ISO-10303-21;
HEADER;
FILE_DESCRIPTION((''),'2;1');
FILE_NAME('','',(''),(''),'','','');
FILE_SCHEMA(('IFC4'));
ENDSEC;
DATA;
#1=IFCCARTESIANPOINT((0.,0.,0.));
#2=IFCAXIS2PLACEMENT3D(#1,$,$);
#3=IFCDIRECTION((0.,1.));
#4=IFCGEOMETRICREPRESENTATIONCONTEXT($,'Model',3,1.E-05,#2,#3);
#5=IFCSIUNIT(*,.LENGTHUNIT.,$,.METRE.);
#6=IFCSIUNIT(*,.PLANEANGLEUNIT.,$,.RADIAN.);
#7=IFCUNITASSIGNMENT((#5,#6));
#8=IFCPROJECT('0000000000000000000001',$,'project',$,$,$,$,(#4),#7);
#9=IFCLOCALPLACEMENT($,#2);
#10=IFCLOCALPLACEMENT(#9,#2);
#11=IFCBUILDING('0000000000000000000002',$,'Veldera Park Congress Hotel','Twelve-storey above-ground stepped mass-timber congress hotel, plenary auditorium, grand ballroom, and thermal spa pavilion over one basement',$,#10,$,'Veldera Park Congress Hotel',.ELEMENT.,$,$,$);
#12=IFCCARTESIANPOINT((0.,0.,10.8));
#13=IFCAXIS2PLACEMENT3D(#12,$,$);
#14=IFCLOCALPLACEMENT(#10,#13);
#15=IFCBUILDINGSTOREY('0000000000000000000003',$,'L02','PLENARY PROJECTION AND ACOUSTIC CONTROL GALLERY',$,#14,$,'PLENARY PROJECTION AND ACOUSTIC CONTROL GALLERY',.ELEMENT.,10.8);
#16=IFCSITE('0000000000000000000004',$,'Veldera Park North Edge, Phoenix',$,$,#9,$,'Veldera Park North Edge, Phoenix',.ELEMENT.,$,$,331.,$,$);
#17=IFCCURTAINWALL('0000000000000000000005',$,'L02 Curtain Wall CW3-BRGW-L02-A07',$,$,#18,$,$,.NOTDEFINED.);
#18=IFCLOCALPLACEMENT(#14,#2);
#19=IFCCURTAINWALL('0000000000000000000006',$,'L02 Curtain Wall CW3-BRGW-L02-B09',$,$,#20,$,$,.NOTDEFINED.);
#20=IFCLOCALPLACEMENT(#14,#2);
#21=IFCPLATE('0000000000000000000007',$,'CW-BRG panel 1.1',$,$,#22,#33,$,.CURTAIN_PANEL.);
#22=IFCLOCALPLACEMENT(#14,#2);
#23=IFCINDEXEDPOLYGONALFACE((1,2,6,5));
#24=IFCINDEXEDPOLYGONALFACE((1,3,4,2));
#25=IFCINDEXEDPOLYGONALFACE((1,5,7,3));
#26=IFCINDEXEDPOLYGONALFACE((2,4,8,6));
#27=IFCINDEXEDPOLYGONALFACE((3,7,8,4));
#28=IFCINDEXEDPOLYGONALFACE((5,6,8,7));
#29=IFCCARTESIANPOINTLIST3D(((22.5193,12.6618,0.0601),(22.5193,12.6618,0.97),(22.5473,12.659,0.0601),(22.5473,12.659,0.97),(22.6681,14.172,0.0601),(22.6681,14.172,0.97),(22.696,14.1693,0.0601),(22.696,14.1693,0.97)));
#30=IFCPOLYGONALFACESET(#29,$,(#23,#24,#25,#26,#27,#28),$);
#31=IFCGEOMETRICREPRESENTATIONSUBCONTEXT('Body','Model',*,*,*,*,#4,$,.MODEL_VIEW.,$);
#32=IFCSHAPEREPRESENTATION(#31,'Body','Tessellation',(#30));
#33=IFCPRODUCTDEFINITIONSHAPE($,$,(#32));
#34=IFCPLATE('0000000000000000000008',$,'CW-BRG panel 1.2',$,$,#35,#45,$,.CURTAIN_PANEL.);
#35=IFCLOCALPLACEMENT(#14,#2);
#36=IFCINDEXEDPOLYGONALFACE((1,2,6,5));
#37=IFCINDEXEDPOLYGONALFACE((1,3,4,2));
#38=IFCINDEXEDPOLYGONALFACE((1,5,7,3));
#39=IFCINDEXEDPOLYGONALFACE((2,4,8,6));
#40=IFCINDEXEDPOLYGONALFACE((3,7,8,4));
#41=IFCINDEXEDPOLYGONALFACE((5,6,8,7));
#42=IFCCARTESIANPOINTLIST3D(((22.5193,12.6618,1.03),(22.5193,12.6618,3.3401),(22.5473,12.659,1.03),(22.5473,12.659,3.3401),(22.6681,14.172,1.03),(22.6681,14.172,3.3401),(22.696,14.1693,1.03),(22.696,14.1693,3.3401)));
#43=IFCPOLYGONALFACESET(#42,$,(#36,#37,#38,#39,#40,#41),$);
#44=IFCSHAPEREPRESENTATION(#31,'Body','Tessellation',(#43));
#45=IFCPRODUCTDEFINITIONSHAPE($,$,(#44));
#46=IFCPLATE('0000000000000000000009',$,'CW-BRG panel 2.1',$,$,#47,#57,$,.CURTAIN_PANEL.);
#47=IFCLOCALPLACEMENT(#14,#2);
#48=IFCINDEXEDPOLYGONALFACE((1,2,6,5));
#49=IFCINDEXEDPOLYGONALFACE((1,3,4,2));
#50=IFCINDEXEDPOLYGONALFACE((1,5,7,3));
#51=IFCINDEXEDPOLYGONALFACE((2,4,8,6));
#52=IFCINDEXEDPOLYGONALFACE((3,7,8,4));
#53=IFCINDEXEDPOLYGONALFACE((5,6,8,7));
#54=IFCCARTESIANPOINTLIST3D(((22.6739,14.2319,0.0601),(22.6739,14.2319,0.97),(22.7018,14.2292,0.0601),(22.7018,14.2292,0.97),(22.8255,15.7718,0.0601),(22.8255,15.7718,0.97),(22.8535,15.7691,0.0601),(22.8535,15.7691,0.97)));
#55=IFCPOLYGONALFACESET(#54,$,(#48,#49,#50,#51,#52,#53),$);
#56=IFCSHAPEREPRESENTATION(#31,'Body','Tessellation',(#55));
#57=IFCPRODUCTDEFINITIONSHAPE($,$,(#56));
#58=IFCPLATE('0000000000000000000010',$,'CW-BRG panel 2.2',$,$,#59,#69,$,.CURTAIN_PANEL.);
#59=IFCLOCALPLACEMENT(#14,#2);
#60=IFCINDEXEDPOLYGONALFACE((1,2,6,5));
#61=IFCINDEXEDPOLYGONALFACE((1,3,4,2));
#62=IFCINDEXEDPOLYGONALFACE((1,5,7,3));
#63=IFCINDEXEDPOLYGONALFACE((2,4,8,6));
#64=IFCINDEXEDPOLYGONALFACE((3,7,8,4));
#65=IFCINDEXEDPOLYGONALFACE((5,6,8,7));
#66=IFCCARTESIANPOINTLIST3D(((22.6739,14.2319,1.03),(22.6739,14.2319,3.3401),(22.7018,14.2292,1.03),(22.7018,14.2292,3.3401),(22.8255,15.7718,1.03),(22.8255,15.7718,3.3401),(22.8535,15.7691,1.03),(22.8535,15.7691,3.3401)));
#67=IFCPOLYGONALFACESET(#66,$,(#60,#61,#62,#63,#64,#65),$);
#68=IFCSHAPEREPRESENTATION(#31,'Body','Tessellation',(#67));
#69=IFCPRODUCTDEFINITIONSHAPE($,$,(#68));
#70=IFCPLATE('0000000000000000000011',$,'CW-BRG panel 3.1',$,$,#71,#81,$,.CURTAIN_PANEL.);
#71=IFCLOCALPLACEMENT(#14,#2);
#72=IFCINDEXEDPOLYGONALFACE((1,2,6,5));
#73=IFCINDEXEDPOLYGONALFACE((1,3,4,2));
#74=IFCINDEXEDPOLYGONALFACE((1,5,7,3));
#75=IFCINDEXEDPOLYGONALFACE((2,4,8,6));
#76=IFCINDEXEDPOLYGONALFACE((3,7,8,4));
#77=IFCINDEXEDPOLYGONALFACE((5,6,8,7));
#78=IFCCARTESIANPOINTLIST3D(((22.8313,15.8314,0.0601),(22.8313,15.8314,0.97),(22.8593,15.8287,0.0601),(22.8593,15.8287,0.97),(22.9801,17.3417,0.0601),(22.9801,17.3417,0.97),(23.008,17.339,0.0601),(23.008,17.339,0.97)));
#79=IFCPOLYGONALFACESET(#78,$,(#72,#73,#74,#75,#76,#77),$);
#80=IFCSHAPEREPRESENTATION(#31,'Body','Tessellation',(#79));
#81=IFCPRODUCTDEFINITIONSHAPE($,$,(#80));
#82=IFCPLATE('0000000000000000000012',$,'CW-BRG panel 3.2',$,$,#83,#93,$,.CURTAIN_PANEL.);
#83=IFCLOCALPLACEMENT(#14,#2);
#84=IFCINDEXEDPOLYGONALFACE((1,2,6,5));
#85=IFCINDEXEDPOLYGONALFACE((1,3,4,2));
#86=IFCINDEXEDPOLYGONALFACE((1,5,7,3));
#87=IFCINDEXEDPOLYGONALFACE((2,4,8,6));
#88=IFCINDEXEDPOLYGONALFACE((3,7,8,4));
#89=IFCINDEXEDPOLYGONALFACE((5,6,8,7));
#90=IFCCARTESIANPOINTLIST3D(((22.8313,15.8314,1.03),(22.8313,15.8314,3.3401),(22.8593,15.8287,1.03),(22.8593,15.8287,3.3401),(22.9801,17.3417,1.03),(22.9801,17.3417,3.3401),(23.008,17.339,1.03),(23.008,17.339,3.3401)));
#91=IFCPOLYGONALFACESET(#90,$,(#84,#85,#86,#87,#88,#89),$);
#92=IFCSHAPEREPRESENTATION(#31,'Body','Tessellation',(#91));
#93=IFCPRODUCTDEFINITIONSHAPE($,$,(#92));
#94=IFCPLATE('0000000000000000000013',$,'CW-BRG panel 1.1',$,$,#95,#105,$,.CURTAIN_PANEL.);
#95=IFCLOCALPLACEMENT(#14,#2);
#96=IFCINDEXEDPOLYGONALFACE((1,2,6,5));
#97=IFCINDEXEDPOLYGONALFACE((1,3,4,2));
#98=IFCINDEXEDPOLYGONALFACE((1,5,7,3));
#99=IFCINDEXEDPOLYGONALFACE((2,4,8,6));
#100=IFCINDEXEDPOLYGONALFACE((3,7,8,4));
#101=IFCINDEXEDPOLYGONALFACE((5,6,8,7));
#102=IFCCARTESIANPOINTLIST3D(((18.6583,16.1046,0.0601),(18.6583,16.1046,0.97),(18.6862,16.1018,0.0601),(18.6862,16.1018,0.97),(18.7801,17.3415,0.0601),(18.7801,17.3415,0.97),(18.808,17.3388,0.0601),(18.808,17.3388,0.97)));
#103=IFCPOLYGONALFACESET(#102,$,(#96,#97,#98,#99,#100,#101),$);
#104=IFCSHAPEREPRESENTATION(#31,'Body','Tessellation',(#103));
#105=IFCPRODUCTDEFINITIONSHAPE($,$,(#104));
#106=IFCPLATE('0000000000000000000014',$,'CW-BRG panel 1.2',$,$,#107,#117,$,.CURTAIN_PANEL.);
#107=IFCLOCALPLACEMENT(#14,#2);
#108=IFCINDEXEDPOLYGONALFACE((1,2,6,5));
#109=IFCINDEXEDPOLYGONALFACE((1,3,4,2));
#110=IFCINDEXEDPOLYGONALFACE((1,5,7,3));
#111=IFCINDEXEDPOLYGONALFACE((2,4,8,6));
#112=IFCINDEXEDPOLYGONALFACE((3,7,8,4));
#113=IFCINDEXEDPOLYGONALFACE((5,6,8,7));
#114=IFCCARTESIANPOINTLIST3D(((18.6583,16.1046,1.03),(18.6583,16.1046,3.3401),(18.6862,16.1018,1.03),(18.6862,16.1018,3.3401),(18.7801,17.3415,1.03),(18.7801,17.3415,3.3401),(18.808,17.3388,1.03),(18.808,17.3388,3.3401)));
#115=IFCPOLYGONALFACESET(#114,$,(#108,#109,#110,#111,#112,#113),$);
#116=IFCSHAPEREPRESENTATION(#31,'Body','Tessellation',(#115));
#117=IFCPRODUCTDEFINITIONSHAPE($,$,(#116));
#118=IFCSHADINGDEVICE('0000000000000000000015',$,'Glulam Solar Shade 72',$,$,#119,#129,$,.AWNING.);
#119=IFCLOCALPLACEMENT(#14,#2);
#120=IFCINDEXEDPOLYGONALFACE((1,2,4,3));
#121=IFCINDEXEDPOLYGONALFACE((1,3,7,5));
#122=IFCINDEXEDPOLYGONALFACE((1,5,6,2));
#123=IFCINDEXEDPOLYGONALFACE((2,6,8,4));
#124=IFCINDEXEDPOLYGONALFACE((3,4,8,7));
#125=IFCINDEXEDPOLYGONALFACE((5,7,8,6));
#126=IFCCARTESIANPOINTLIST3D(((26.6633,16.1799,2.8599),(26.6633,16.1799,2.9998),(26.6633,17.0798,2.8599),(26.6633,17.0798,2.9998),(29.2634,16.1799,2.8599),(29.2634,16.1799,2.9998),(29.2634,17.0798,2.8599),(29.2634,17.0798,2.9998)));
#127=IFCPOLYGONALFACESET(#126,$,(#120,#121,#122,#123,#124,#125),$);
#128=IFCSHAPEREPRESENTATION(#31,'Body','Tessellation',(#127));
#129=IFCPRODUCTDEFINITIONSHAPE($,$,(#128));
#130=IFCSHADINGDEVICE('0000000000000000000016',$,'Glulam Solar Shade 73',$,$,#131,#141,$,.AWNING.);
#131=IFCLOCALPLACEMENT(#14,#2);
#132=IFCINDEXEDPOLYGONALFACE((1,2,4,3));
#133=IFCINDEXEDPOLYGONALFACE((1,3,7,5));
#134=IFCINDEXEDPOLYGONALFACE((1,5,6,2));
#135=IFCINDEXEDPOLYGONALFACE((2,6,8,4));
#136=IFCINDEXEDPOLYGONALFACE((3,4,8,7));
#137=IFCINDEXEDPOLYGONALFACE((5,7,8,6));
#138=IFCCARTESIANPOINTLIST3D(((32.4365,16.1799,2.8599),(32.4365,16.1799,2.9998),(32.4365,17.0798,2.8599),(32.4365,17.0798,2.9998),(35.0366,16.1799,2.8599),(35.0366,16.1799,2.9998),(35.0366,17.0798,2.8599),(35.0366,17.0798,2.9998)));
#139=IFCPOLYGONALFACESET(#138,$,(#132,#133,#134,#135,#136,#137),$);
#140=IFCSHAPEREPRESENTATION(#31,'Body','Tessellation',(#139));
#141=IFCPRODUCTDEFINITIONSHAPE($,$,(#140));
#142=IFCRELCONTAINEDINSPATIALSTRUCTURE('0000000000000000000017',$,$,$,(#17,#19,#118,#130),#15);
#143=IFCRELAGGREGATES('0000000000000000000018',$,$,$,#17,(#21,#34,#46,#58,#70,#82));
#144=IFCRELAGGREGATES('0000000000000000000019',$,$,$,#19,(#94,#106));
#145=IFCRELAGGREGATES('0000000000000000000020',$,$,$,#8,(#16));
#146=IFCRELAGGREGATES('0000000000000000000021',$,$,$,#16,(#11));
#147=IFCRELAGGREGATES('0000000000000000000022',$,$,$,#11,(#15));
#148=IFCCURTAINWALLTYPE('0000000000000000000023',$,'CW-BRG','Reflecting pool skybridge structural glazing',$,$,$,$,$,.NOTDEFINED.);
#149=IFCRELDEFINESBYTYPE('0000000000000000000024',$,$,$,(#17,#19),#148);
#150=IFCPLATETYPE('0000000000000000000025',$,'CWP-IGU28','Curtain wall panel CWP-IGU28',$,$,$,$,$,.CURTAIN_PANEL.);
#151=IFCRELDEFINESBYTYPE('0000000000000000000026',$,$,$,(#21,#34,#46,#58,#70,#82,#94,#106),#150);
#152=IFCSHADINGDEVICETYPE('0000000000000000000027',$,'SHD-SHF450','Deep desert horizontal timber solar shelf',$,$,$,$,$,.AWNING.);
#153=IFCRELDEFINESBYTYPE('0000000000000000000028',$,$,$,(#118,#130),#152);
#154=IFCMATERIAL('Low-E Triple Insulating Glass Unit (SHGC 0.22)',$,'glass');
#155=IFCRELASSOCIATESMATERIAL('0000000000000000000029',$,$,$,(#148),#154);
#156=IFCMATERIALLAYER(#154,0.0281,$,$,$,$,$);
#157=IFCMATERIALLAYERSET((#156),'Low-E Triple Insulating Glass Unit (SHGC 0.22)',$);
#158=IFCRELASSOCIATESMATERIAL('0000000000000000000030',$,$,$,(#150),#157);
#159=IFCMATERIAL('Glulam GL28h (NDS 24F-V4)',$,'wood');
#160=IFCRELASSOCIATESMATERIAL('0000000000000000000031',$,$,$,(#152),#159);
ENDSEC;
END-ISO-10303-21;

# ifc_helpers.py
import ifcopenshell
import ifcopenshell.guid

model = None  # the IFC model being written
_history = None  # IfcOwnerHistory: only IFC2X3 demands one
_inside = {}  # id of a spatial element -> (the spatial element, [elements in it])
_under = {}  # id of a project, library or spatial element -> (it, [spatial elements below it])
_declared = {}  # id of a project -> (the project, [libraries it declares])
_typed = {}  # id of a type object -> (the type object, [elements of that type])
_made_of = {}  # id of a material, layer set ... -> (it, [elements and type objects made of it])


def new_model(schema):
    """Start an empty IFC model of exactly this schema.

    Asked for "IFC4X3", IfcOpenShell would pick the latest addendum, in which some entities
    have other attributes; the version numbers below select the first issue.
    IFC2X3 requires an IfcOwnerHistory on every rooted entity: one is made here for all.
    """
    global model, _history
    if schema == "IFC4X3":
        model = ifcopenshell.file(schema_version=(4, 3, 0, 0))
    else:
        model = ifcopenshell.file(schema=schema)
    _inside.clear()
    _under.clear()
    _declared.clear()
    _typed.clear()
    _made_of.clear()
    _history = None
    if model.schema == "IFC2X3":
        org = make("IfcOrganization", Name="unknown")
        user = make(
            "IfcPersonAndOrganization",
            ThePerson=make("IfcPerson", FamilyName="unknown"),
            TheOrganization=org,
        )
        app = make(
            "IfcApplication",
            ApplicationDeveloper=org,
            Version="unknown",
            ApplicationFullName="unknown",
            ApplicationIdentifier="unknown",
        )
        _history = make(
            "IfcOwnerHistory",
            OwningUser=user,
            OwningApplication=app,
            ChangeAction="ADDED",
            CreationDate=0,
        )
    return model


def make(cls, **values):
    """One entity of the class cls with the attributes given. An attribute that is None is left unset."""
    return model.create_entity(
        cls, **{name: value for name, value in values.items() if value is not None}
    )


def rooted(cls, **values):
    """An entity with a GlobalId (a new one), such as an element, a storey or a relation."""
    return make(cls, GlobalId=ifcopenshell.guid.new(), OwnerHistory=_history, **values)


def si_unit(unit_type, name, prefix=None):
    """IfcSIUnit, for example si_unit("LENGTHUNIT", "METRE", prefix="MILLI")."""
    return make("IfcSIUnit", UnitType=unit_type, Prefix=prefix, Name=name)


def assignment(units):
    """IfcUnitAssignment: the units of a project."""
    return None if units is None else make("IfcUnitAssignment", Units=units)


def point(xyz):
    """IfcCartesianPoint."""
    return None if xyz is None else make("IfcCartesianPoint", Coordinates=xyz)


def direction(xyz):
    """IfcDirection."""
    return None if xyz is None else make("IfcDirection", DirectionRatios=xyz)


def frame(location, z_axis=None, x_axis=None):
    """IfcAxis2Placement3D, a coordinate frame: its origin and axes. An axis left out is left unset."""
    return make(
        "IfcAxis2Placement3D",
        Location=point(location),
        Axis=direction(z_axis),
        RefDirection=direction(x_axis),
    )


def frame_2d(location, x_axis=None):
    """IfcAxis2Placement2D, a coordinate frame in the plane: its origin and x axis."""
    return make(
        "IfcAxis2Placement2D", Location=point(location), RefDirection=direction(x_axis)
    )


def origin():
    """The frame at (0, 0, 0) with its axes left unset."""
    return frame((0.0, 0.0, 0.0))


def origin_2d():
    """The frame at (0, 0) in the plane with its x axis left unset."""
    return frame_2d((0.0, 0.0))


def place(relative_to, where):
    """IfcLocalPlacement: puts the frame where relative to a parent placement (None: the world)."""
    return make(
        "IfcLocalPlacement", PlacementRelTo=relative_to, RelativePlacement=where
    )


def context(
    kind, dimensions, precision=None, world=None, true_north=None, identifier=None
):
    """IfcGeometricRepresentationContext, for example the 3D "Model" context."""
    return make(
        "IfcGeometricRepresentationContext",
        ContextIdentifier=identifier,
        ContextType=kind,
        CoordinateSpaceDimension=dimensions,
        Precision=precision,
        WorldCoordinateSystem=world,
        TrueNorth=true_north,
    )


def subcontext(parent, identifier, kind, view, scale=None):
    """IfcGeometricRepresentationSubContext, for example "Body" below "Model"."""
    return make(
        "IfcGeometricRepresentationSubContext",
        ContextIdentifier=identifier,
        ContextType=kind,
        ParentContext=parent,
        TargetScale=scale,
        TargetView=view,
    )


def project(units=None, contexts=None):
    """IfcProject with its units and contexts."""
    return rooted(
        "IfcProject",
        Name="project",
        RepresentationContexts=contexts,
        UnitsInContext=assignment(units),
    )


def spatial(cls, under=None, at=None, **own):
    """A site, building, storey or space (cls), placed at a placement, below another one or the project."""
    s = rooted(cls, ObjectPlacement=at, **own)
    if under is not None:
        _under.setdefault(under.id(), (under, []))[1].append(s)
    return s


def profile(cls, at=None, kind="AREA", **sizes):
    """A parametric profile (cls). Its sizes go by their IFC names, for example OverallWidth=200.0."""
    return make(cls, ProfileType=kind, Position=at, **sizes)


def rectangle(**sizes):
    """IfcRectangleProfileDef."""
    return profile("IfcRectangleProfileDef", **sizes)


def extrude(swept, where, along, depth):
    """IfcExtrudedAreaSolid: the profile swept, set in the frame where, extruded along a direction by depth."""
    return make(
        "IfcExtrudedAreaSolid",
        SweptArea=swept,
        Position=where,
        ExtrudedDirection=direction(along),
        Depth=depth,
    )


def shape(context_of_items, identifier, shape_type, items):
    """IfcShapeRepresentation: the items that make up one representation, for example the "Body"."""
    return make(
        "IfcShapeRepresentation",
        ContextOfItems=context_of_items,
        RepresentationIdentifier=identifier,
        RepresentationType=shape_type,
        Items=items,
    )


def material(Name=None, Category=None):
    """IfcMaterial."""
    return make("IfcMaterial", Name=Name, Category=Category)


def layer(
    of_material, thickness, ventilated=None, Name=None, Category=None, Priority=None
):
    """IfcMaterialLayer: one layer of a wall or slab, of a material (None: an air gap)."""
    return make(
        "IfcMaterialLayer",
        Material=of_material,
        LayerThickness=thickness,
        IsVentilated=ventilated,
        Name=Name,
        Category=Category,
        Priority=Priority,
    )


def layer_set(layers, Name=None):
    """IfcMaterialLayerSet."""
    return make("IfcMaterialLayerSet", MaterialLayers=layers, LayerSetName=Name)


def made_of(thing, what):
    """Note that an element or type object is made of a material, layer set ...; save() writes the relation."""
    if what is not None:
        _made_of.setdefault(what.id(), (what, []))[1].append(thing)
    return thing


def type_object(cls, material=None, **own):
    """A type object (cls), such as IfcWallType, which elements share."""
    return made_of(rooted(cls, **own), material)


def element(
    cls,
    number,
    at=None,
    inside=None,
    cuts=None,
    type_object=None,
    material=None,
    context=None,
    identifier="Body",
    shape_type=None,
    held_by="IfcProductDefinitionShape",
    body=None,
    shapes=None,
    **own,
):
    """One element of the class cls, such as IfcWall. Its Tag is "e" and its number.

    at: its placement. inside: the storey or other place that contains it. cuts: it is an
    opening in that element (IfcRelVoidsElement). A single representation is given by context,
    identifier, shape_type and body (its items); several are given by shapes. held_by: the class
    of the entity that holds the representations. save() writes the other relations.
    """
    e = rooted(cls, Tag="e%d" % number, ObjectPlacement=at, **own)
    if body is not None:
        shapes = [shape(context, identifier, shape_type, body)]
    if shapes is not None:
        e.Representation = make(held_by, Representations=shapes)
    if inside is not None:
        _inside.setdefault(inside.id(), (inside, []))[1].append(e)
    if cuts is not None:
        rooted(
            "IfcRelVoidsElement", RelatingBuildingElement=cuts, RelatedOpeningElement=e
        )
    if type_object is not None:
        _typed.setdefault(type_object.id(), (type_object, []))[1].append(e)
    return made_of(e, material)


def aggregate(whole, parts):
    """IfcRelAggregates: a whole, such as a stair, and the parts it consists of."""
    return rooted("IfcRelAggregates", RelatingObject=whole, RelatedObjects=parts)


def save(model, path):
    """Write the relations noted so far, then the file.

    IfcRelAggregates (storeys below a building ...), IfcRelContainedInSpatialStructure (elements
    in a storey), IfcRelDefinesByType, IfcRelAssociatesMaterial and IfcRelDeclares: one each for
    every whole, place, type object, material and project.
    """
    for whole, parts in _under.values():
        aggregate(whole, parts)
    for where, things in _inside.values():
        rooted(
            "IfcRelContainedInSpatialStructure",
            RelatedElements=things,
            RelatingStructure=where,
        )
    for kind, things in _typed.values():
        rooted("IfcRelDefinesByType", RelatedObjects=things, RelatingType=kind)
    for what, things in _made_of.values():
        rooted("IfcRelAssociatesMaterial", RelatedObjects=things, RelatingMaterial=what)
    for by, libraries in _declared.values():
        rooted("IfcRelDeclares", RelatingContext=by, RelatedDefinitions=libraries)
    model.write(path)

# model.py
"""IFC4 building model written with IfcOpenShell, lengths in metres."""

from ifc_helpers import new_model, si_unit, direction, frame, origin, origin_2d, place, context, subcontext, project, spatial, rectangle, extrude, material, layer, layer_set, type_object, element, aggregate, save


model = new_model("IFC4")

# Units and contexts
model_context = context("Model", 3, precision=1e-05, world=origin(), true_north=direction((0.0, 1.0)))
body_context = subcontext(model_context, "Body", "Model", "MODEL_VIEW")
ifc_project = project(units=[si_unit("LENGTHUNIT", "METRE"), si_unit("PLANEANGLEUNIT", "RADIAN")], contexts=[model_context])

# Site, building, storey
site_placement = place(None, origin())
site = spatial("IfcSite", under=ifc_project, at=site_placement, Name="Veldera Park North Edge, Phoenix", LongName="Veldera Park North Edge, Phoenix", CompositionType="ELEMENT", RefElevation=331.0)
building_placement = place(site_placement, origin())
building = spatial("IfcBuilding", under=site, at=building_placement, Name="Veldera Park Congress Hotel", Description="Twelve-storey above-ground stepped mass-timber congress hotel, plenary auditorium, grand ballroom, and thermal spa pavilion over one basement", LongName="Veldera Park Congress Hotel", CompositionType="ELEMENT")
storey_placement = place(building_placement, frame((0.0, 0.0, 10.8)))
storey = spatial("IfcBuildingStorey", under=building, at=storey_placement, Name="L02", Description="PLENARY PROJECTION AND ACOUSTIC CONTROL GALLERY", LongName="PLENARY PROJECTION AND ACOUSTIC CONTROL GALLERY", CompositionType="ELEMENT", Elevation=10.8)

# Curtain wall
ifc_material_1 = material(Name="Low-E Triple Insulating Glass Unit (SHGC 0.22)", Category="glass")
curtain_wall_type = type_object("IfcCurtainWallType", Name="CW-BRG", Description="Reflecting pool skybridge structural glazing", PredefinedType="NOTDEFINED", material=ifc_material_1)
curtain_wall_1_placement = place(storey_placement, origin())
curtain_wall_1 = element("IfcCurtainWall", 1, at=curtain_wall_1_placement, inside=storey, type_object=curtain_wall_type, Name="L02 Curtain Wall CW3-BRGW-L02-A07", PredefinedType="NOTDEFINED")

# Curtain wall
curtain_wall_2_placement = place(storey_placement, origin())
curtain_wall_2 = element("IfcCurtainWall", 2, at=curtain_wall_2_placement, inside=storey, type_object=curtain_wall_type, Name="L02 Curtain Wall CW3-BRGW-L02-B09", PredefinedType="NOTDEFINED")

# Plates
ifc_layer = layer(ifc_material_1, 0.0281)
ifc_layer_set = layer_set([ifc_layer], Name="Low-E Triple Insulating Glass Unit (SHGC 0.22)")
plate_type = type_object("IfcPlateType", Name="CWP-IGU28", Description="Curtain wall panel CWP-IGU28", PredefinedType="CURTAIN_PANEL", material=ifc_layer_set)
plate_1_placement = place(storey_placement, frame((22.6077, 13.4155, 0.0601), z_axis=(0.0, 0.0, 1.0), x_axis=(0.098021, 0.995184, 0.0)))
plate_1 = element("IfcPlate", 3, at=plate_1_placement, type_object=plate_type, Name="CW-BRG panel 1.1", PredefinedType="CURTAIN_PANEL", context=body_context, shape_type="SweptSolid", body=[
    extrude(rectangle(XDim=1.5176, YDim=0.0281, at=origin_2d()), origin(), (0.0, 0.0, 1.0), 0.9099),
])
plate_2_placement = place(storey_placement, frame((22.6077, 13.4155, 1.03), z_axis=(0.0, 0.0, 1.0), x_axis=(0.098021, 0.995184, 0.0)))
plate_2 = element("IfcPlate", 4, at=plate_2_placement, type_object=plate_type, Name="CW-BRG panel 1.2", PredefinedType="CURTAIN_PANEL", context=body_context, shape_type="SweptSolid", body=[
    extrude(rectangle(XDim=1.5176, YDim=0.0281, at=origin_2d()), origin(), (0.0, 0.0, 1.0), 2.3101),
])
plate_3_placement = place(storey_placement, frame((22.7637, 15.0005, 0.0601), z_axis=(0.0, 0.0, 1.0), x_axis=(0.098021, 0.995184, 0.0)))
plate_3 = element("IfcPlate", 5, at=plate_3_placement, type_object=plate_type, Name="CW-BRG panel 2.1", PredefinedType="CURTAIN_PANEL", context=body_context, shape_type="SweptSolid", body=[
    extrude(rectangle(XDim=1.5474, YDim=0.0281, at=origin_2d()), origin(), (0.0, 0.0, 1.0), 0.9099),
])
plate_4_placement = place(storey_placement, frame((22.7637, 15.0005, 1.03), z_axis=(0.0, 0.0, 1.0), x_axis=(0.098021, 0.995184, 0.0)))
plate_4 = element("IfcPlate", 6, at=plate_4_placement, type_object=plate_type, Name="CW-BRG panel 2.2", PredefinedType="CURTAIN_PANEL", context=body_context, shape_type="SweptSolid", body=[
    extrude(rectangle(XDim=1.5474, YDim=0.0281, at=origin_2d()), origin(), (0.0, 0.0, 1.0), 2.3101),
])
plate_5_placement = place(storey_placement, frame((22.9197, 16.5852, 0.0601), z_axis=(0.0, 0.0, 1.0), x_axis=(0.098021, 0.995184, 0.0)))
plate_5 = element("IfcPlate", 7, at=plate_5_placement, type_object=plate_type, Name="CW-BRG panel 3.1", PredefinedType="CURTAIN_PANEL", context=body_context, shape_type="SweptSolid", body=[
    extrude(rectangle(XDim=1.5176, YDim=0.0281, at=origin_2d()), origin(), (0.0, 0.0, 1.0), 0.9099),
])
plate_6_placement = place(storey_placement, frame((22.9197, 16.5852, 1.03), z_axis=(0.0, 0.0, 1.0), x_axis=(0.098021, 0.995184, 0.0)))
plate_6 = element("IfcPlate", 8, at=plate_6_placement, type_object=plate_type, Name="CW-BRG panel 3.2", PredefinedType="CURTAIN_PANEL", context=body_context, shape_type="SweptSolid", body=[
    extrude(rectangle(XDim=1.5176, YDim=0.0281, at=origin_2d()), origin(), (0.0, 0.0, 1.0), 2.3101),
])
aggregate(curtain_wall_1, [plate_1, plate_2, plate_3, plate_4, plate_5, plate_6])
plate_7_placement = place(storey_placement, frame((18.7332, 16.7217, 0.0601), z_axis=(0.0, 0.0, 1.0), x_axis=(-0.098023, -0.995184, 0.0)))
plate_7 = element("IfcPlate", 9, at=plate_7_placement, type_object=plate_type, Name="CW-BRG panel 1.1", PredefinedType="CURTAIN_PANEL", context=body_context, shape_type="SweptSolid", body=[
    extrude(rectangle(XDim=1.2429, YDim=0.0281, at=origin_2d()), origin(), (0.0, 0.0, 1.0), 0.9099),
])
plate_8_placement = place(storey_placement, frame((18.7332, 16.7217, 1.03), z_axis=(0.0, 0.0, 1.0), x_axis=(-0.098023, -0.995184, 0.0)))
plate_8 = element("IfcPlate", 10, at=plate_8_placement, type_object=plate_type, Name="CW-BRG panel 1.2", PredefinedType="CURTAIN_PANEL", context=body_context, shape_type="SweptSolid", body=[
    extrude(rectangle(XDim=1.2429, YDim=0.0281, at=origin_2d()), origin(), (0.0, 0.0, 1.0), 2.3101),
])
aggregate(curtain_wall_2, [plate_7, plate_8])

# Shading devices
ifc_material_2 = material(Name="Glulam GL28h (NDS 24F-V4)", Category="wood")
shading_device_type = type_object("IfcShadingDeviceType", Name="SHD-SHF450", Description="Deep desert horizontal timber solar shelf", PredefinedType="AWNING", material=ifc_material_2)
for number, where, z_axis, x_axis, name in (
    (11, (27.9634, 16.6299, 2.8599), (0.0, 0.0, 1.0), (1.0, 0.0, 0.0), "Glulam Solar Shade 72"),
    (12, (33.7366, 16.6299, 2.8599), (0.0, 0.0, 1.0), (1.0, 0.0, 0.0), "Glulam Solar Shade 73"),
):
    element("IfcShadingDevice", number, at=place(storey_placement, frame(where, z_axis=z_axis, x_axis=x_axis)), inside=storey, type_object=shading_device_type, Name=name, PredefinedType="AWNING", context=body_context, shape_type="SweptSolid", body=[
        extrude(rectangle(XDim=2.6001, YDim=0.8999, at=origin_2d()), origin(), (0.0, 0.0, 1.0), 0.1399),
    ])

save(model, "model.ifc")
